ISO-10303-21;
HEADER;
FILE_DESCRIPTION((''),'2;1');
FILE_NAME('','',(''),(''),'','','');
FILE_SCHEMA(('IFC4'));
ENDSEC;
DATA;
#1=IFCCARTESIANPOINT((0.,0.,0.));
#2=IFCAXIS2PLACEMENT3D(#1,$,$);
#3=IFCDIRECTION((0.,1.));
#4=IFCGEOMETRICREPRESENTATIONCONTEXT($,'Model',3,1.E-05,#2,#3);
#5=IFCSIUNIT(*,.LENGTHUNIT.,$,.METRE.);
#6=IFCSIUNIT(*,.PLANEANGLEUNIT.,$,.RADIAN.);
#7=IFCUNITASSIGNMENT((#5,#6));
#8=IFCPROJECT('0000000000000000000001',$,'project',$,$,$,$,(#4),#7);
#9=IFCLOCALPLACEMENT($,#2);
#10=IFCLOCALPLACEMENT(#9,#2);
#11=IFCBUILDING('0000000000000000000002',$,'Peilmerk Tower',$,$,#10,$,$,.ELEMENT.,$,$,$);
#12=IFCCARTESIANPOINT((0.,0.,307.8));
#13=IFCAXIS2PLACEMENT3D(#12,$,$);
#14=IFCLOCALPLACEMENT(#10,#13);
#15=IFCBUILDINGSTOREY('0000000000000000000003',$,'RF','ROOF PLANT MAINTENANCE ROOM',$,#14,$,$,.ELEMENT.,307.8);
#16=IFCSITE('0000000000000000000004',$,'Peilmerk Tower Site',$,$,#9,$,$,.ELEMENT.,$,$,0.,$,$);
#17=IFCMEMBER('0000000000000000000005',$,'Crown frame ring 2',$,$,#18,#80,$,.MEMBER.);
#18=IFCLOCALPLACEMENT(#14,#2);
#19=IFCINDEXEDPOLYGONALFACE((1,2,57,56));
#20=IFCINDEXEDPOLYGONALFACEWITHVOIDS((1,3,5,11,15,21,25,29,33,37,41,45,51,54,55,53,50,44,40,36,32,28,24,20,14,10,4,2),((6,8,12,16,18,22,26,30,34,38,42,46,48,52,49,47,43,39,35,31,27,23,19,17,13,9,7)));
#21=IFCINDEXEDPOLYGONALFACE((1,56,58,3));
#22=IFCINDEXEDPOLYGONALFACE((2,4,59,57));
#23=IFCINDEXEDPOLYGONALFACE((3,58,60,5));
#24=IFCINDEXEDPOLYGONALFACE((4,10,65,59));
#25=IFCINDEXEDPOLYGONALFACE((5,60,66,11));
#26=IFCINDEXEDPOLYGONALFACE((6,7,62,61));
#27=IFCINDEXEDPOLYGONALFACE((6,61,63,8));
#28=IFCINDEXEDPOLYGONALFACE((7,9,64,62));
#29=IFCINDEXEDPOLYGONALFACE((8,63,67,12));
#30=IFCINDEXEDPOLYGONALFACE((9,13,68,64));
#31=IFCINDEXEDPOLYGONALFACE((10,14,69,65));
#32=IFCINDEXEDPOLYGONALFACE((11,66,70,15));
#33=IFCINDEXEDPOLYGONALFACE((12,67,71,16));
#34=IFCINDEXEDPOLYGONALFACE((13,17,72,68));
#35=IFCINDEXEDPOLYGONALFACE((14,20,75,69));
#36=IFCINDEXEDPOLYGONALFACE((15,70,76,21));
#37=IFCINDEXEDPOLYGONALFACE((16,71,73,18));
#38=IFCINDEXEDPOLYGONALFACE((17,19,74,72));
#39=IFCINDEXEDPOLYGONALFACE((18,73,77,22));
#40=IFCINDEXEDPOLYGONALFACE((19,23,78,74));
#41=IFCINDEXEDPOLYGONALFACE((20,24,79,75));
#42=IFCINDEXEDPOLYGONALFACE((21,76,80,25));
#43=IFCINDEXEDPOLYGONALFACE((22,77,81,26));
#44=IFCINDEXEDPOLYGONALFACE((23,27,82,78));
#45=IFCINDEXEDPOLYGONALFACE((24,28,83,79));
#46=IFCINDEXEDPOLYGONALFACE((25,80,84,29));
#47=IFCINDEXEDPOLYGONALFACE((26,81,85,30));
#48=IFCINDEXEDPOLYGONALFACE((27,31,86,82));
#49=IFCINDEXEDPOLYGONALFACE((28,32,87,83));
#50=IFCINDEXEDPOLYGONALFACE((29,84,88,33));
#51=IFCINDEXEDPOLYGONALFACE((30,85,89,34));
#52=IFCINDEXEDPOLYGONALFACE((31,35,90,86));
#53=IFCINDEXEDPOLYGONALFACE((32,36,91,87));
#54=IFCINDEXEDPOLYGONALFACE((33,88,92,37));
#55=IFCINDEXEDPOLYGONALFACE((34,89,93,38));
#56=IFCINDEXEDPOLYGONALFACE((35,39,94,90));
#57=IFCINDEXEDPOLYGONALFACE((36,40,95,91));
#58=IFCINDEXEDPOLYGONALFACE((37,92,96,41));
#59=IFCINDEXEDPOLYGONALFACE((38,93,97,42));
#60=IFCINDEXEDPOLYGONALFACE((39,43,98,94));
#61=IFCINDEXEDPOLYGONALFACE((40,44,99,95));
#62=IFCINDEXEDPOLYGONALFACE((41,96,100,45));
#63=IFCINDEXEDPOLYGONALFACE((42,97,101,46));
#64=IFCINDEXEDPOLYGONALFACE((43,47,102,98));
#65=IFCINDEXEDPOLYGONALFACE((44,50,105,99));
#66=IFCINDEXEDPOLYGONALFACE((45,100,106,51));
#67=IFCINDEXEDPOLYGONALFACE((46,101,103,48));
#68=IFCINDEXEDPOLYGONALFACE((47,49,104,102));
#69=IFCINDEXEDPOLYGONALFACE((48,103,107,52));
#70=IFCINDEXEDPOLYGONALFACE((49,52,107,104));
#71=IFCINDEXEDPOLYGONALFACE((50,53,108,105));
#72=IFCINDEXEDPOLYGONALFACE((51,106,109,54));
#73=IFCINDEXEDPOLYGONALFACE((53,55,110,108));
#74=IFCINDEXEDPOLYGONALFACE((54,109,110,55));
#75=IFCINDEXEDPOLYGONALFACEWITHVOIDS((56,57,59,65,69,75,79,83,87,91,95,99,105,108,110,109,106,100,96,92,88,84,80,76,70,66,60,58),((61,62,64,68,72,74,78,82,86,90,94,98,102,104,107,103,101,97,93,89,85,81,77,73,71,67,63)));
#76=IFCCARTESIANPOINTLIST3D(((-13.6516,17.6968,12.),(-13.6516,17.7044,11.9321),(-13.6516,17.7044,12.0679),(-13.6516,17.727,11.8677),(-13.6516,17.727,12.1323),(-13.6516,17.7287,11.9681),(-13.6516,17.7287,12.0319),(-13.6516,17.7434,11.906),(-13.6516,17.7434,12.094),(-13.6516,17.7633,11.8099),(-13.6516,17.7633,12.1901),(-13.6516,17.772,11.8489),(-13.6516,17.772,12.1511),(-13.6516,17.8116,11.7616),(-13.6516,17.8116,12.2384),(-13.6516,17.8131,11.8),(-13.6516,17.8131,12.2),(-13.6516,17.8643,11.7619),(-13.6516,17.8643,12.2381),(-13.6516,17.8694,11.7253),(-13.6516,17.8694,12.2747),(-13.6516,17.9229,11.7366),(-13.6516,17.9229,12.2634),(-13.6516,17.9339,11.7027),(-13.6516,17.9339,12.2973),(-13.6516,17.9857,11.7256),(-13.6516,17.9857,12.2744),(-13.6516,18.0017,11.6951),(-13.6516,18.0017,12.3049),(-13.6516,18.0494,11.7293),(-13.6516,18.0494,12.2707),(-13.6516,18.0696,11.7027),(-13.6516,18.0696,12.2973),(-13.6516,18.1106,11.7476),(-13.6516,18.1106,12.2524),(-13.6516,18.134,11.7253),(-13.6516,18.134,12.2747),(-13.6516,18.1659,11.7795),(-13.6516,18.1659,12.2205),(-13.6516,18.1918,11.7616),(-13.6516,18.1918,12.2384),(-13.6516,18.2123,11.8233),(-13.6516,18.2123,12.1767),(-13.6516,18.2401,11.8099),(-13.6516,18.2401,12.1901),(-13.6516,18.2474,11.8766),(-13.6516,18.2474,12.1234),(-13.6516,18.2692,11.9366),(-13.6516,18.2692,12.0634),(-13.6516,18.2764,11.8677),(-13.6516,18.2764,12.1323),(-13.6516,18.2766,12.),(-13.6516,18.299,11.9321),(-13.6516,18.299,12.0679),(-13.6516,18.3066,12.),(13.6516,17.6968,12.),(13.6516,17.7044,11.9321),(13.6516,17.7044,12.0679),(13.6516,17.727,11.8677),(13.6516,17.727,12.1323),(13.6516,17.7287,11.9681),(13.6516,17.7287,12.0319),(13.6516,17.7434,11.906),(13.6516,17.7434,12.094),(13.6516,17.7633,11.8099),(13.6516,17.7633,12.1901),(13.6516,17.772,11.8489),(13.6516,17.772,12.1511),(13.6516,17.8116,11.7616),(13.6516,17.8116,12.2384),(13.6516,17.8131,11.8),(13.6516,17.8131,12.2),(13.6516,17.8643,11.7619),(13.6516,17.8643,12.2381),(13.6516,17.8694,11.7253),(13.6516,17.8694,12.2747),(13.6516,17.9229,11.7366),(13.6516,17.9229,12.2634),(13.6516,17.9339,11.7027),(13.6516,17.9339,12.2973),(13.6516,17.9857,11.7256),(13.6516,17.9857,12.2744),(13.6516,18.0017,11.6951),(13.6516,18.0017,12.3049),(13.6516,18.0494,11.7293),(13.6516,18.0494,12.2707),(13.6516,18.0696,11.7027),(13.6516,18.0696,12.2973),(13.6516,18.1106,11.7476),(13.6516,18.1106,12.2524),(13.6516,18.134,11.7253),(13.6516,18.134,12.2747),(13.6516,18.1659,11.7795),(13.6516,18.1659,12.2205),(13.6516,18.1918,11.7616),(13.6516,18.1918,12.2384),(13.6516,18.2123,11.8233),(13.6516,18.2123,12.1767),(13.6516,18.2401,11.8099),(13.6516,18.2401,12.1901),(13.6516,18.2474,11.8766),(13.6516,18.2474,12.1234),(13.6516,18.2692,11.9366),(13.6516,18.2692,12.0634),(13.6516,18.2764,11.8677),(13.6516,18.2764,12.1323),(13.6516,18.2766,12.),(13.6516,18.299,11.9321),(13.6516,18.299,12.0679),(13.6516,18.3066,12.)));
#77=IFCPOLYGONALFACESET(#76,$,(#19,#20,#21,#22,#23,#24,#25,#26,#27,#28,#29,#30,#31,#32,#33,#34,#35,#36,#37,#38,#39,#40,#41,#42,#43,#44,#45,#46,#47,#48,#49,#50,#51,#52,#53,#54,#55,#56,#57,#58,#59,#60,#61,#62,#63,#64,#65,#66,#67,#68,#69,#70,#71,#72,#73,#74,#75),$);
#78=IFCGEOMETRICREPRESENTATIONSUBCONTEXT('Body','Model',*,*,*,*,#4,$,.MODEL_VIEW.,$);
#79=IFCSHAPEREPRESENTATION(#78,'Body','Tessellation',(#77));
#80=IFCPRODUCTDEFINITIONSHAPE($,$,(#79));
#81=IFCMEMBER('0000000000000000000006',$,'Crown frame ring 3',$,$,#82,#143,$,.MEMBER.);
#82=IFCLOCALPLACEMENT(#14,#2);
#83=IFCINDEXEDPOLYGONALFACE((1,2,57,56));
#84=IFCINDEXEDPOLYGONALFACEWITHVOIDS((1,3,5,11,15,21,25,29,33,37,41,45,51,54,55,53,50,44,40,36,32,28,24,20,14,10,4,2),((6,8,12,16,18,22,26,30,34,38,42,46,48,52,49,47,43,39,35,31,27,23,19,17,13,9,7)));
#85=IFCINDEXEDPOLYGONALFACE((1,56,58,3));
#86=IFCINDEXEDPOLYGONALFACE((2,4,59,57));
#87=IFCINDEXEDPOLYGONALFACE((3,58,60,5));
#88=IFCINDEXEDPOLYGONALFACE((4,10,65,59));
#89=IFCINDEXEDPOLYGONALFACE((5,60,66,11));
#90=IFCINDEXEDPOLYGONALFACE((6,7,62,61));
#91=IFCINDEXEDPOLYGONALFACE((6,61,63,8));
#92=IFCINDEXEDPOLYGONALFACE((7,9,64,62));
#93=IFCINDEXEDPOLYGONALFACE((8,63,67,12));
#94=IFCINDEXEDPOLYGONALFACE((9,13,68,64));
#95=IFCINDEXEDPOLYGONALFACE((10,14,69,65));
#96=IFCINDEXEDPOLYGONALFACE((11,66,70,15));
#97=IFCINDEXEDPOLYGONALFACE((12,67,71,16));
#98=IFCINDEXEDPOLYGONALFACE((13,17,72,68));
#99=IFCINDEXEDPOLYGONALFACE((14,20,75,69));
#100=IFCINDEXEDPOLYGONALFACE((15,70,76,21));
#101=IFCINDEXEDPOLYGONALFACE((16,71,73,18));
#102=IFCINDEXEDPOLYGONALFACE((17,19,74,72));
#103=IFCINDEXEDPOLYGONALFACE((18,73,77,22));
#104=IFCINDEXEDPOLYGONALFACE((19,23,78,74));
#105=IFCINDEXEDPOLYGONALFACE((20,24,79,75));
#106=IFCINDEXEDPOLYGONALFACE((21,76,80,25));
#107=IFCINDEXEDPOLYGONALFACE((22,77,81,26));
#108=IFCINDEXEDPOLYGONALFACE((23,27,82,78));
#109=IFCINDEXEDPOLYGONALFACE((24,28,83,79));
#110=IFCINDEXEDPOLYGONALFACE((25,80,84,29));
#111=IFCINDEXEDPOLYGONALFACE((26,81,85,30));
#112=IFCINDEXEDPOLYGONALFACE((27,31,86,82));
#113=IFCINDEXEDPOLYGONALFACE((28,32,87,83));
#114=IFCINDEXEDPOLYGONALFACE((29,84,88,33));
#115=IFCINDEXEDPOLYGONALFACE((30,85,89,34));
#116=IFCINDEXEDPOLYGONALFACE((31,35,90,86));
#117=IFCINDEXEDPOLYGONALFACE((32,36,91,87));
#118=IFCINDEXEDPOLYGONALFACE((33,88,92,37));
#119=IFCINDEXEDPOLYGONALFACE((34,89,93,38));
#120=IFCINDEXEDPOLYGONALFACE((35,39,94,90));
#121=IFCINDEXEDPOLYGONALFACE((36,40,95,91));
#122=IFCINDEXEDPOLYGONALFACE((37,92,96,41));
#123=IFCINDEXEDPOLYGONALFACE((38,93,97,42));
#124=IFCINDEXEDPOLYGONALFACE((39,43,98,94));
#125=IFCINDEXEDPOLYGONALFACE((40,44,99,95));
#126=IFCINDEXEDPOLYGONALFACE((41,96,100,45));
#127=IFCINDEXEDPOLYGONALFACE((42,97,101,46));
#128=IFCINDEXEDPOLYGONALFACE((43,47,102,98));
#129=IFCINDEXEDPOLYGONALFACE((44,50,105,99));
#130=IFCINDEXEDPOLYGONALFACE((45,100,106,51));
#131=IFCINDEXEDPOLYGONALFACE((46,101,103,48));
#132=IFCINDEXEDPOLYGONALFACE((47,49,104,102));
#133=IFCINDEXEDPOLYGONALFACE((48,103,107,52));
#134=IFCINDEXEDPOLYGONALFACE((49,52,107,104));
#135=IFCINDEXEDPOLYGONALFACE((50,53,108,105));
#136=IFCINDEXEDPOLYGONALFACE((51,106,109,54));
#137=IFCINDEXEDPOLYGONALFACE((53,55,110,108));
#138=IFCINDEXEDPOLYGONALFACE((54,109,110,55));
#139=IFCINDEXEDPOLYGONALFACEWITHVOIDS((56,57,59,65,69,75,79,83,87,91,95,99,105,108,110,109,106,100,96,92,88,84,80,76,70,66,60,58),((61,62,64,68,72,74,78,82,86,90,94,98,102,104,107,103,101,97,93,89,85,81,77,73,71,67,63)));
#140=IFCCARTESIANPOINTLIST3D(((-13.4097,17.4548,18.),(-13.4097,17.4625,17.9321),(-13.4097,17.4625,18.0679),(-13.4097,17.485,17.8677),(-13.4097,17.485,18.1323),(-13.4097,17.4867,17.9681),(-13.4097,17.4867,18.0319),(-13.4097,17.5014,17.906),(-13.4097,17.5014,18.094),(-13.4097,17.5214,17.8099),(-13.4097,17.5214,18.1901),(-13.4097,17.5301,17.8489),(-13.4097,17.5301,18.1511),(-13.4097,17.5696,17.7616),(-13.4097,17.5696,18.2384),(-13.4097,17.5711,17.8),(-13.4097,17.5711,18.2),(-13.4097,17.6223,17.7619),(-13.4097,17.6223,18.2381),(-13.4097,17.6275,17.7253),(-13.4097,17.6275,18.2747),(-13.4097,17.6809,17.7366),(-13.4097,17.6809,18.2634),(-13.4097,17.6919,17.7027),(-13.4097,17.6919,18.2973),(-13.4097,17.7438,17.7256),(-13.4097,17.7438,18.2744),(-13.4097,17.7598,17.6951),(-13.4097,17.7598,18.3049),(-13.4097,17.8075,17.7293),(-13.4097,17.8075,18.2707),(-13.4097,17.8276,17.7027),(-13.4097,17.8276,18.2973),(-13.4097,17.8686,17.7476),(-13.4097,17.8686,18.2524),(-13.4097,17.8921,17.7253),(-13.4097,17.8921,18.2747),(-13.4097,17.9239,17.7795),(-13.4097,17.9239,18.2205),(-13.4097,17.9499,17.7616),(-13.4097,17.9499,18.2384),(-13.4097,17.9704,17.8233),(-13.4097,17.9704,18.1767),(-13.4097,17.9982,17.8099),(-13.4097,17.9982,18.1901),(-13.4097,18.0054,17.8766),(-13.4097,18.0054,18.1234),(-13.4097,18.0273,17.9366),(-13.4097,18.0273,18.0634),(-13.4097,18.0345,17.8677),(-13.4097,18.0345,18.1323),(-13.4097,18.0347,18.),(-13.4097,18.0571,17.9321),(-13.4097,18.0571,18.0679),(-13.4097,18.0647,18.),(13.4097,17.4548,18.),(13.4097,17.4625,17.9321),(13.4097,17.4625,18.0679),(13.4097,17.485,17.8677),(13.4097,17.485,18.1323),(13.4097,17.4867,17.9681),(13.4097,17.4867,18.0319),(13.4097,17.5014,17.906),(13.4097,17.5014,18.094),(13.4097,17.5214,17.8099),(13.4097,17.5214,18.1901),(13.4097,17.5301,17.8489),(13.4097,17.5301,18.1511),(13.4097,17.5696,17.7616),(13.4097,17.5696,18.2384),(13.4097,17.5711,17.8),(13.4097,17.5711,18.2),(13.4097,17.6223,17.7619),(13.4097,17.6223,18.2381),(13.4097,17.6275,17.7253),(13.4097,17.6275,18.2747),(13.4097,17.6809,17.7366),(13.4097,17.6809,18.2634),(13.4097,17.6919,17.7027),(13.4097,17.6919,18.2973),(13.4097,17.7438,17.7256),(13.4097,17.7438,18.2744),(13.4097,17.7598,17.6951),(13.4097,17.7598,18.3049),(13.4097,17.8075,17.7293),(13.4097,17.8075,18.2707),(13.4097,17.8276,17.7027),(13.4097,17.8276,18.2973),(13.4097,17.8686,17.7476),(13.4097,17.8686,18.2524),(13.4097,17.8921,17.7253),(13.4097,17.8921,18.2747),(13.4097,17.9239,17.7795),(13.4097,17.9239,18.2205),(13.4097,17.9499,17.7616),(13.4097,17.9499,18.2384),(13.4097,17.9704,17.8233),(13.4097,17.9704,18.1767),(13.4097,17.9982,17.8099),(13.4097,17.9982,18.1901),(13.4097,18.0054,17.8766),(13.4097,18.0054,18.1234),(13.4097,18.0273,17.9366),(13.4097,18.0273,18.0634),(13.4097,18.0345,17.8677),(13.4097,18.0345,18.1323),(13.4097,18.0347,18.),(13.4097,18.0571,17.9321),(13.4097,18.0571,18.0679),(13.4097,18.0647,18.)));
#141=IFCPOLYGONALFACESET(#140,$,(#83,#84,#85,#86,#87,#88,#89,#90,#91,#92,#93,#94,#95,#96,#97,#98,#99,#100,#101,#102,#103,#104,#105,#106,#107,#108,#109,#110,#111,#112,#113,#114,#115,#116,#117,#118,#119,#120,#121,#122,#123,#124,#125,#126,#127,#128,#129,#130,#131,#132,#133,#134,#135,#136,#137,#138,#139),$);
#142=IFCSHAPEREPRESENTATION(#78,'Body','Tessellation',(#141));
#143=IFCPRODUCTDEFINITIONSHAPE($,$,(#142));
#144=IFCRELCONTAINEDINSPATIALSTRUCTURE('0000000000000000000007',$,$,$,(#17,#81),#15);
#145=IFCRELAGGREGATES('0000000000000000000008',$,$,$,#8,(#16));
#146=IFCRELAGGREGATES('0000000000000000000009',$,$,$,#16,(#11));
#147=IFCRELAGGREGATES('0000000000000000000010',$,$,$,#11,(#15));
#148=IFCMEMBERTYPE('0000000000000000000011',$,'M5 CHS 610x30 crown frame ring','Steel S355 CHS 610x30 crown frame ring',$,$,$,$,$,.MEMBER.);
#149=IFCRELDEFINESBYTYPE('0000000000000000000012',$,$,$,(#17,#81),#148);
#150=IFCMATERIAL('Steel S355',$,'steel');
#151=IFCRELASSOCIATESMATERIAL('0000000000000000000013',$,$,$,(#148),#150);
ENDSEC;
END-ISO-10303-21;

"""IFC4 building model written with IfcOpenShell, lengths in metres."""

from ifc_helpers import new_model, si_unit, direction, frame, origin, origin_2d, place, context, subcontext, project, spatial, hollow_circle, extrude, material, material_profile, profile_set, type_object, element, save


model = new_model("IFC4")

# Units and contexts
model_context = context("Model", 3, precision=1e-05, world=origin(), true_north=direction((0.0, 1.0)))
body_context = subcontext(model_context, "Body", "Model", "MODEL_VIEW")
ifc_project = project(units=[si_unit("LENGTHUNIT", "METRE"), si_unit("PLANEANGLEUNIT", "RADIAN")], contexts=[model_context])

# Site, building, storey
site_placement = place(None, origin())
site = spatial("IfcSite", under=ifc_project, at=site_placement, Name="Peilmerk Tower Site", CompositionType="ELEMENT", RefElevation=0.0)
building_placement = place(site_placement, origin())
building = spatial("IfcBuilding", under=site, at=building_placement, Name="Peilmerk Tower", CompositionType="ELEMENT")
storey_placement = place(building_placement, frame((0.0, 0.0, 307.8)))
storey = spatial("IfcBuildingStorey", under=building, at=storey_placement, Name="RF", Description="ROOF PLANT MAINTENANCE ROOM", CompositionType="ELEMENT", Elevation=307.8)

# Shared definitions
ifc_material_1 = material(Name="Steel S355", Category="steel")

# Members
ifc_material_profile_1 = material_profile(ifc_material_1, hollow_circle(Radius=0.3049, WallThickness=0.03, at=origin_2d()), Name="CHS 610x30")
ifc_profile_set_1 = profile_set([ifc_material_profile_1], Name="Steel S355")
member_type_1 = type_object("IfcMemberType", Name="M5 CHS 610x30 crown frame ring", Description="Steel S355 CHS 610x30 crown frame ring", PredefinedType="MEMBER", material=ifc_profile_set_1)
member_1_placement = place(storey_placement, frame((-13.6516, 18.0017, 12.0), z_axis=(1.0, 0.0, 0.0), x_axis=(0.0, 1.0, 0.0)))
element("IfcMember", 1, at=member_1_placement, inside=storey, type_object=member_type_1, Name="Crown frame ring 2", PredefinedType="MEMBER", context=body_context, shape_type="SweptSolid", body=[
    extrude(hollow_circle(Radius=0.3049, WallThickness=0.03, at=origin_2d()), origin(), (0.0, 0.0, 1.0), 27.3032),
])
member_2_placement = place(storey_placement, frame((-13.4097, 17.7598, 18.0), z_axis=(1.0, 0.0, 0.0), x_axis=(0.0, 1.0, 0.0)))
element("IfcMember", 2, at=member_2_placement, inside=storey, type_object=member_type_1, Name="Crown frame ring 3", PredefinedType="MEMBER", context=body_context, shape_type="SweptSolid", body=[
    extrude(hollow_circle(Radius=0.3049, WallThickness=0.03, at=origin_2d()), origin(), (0.0, 0.0, 1.0), 26.8193),
])

save(model, "model.ifc")
